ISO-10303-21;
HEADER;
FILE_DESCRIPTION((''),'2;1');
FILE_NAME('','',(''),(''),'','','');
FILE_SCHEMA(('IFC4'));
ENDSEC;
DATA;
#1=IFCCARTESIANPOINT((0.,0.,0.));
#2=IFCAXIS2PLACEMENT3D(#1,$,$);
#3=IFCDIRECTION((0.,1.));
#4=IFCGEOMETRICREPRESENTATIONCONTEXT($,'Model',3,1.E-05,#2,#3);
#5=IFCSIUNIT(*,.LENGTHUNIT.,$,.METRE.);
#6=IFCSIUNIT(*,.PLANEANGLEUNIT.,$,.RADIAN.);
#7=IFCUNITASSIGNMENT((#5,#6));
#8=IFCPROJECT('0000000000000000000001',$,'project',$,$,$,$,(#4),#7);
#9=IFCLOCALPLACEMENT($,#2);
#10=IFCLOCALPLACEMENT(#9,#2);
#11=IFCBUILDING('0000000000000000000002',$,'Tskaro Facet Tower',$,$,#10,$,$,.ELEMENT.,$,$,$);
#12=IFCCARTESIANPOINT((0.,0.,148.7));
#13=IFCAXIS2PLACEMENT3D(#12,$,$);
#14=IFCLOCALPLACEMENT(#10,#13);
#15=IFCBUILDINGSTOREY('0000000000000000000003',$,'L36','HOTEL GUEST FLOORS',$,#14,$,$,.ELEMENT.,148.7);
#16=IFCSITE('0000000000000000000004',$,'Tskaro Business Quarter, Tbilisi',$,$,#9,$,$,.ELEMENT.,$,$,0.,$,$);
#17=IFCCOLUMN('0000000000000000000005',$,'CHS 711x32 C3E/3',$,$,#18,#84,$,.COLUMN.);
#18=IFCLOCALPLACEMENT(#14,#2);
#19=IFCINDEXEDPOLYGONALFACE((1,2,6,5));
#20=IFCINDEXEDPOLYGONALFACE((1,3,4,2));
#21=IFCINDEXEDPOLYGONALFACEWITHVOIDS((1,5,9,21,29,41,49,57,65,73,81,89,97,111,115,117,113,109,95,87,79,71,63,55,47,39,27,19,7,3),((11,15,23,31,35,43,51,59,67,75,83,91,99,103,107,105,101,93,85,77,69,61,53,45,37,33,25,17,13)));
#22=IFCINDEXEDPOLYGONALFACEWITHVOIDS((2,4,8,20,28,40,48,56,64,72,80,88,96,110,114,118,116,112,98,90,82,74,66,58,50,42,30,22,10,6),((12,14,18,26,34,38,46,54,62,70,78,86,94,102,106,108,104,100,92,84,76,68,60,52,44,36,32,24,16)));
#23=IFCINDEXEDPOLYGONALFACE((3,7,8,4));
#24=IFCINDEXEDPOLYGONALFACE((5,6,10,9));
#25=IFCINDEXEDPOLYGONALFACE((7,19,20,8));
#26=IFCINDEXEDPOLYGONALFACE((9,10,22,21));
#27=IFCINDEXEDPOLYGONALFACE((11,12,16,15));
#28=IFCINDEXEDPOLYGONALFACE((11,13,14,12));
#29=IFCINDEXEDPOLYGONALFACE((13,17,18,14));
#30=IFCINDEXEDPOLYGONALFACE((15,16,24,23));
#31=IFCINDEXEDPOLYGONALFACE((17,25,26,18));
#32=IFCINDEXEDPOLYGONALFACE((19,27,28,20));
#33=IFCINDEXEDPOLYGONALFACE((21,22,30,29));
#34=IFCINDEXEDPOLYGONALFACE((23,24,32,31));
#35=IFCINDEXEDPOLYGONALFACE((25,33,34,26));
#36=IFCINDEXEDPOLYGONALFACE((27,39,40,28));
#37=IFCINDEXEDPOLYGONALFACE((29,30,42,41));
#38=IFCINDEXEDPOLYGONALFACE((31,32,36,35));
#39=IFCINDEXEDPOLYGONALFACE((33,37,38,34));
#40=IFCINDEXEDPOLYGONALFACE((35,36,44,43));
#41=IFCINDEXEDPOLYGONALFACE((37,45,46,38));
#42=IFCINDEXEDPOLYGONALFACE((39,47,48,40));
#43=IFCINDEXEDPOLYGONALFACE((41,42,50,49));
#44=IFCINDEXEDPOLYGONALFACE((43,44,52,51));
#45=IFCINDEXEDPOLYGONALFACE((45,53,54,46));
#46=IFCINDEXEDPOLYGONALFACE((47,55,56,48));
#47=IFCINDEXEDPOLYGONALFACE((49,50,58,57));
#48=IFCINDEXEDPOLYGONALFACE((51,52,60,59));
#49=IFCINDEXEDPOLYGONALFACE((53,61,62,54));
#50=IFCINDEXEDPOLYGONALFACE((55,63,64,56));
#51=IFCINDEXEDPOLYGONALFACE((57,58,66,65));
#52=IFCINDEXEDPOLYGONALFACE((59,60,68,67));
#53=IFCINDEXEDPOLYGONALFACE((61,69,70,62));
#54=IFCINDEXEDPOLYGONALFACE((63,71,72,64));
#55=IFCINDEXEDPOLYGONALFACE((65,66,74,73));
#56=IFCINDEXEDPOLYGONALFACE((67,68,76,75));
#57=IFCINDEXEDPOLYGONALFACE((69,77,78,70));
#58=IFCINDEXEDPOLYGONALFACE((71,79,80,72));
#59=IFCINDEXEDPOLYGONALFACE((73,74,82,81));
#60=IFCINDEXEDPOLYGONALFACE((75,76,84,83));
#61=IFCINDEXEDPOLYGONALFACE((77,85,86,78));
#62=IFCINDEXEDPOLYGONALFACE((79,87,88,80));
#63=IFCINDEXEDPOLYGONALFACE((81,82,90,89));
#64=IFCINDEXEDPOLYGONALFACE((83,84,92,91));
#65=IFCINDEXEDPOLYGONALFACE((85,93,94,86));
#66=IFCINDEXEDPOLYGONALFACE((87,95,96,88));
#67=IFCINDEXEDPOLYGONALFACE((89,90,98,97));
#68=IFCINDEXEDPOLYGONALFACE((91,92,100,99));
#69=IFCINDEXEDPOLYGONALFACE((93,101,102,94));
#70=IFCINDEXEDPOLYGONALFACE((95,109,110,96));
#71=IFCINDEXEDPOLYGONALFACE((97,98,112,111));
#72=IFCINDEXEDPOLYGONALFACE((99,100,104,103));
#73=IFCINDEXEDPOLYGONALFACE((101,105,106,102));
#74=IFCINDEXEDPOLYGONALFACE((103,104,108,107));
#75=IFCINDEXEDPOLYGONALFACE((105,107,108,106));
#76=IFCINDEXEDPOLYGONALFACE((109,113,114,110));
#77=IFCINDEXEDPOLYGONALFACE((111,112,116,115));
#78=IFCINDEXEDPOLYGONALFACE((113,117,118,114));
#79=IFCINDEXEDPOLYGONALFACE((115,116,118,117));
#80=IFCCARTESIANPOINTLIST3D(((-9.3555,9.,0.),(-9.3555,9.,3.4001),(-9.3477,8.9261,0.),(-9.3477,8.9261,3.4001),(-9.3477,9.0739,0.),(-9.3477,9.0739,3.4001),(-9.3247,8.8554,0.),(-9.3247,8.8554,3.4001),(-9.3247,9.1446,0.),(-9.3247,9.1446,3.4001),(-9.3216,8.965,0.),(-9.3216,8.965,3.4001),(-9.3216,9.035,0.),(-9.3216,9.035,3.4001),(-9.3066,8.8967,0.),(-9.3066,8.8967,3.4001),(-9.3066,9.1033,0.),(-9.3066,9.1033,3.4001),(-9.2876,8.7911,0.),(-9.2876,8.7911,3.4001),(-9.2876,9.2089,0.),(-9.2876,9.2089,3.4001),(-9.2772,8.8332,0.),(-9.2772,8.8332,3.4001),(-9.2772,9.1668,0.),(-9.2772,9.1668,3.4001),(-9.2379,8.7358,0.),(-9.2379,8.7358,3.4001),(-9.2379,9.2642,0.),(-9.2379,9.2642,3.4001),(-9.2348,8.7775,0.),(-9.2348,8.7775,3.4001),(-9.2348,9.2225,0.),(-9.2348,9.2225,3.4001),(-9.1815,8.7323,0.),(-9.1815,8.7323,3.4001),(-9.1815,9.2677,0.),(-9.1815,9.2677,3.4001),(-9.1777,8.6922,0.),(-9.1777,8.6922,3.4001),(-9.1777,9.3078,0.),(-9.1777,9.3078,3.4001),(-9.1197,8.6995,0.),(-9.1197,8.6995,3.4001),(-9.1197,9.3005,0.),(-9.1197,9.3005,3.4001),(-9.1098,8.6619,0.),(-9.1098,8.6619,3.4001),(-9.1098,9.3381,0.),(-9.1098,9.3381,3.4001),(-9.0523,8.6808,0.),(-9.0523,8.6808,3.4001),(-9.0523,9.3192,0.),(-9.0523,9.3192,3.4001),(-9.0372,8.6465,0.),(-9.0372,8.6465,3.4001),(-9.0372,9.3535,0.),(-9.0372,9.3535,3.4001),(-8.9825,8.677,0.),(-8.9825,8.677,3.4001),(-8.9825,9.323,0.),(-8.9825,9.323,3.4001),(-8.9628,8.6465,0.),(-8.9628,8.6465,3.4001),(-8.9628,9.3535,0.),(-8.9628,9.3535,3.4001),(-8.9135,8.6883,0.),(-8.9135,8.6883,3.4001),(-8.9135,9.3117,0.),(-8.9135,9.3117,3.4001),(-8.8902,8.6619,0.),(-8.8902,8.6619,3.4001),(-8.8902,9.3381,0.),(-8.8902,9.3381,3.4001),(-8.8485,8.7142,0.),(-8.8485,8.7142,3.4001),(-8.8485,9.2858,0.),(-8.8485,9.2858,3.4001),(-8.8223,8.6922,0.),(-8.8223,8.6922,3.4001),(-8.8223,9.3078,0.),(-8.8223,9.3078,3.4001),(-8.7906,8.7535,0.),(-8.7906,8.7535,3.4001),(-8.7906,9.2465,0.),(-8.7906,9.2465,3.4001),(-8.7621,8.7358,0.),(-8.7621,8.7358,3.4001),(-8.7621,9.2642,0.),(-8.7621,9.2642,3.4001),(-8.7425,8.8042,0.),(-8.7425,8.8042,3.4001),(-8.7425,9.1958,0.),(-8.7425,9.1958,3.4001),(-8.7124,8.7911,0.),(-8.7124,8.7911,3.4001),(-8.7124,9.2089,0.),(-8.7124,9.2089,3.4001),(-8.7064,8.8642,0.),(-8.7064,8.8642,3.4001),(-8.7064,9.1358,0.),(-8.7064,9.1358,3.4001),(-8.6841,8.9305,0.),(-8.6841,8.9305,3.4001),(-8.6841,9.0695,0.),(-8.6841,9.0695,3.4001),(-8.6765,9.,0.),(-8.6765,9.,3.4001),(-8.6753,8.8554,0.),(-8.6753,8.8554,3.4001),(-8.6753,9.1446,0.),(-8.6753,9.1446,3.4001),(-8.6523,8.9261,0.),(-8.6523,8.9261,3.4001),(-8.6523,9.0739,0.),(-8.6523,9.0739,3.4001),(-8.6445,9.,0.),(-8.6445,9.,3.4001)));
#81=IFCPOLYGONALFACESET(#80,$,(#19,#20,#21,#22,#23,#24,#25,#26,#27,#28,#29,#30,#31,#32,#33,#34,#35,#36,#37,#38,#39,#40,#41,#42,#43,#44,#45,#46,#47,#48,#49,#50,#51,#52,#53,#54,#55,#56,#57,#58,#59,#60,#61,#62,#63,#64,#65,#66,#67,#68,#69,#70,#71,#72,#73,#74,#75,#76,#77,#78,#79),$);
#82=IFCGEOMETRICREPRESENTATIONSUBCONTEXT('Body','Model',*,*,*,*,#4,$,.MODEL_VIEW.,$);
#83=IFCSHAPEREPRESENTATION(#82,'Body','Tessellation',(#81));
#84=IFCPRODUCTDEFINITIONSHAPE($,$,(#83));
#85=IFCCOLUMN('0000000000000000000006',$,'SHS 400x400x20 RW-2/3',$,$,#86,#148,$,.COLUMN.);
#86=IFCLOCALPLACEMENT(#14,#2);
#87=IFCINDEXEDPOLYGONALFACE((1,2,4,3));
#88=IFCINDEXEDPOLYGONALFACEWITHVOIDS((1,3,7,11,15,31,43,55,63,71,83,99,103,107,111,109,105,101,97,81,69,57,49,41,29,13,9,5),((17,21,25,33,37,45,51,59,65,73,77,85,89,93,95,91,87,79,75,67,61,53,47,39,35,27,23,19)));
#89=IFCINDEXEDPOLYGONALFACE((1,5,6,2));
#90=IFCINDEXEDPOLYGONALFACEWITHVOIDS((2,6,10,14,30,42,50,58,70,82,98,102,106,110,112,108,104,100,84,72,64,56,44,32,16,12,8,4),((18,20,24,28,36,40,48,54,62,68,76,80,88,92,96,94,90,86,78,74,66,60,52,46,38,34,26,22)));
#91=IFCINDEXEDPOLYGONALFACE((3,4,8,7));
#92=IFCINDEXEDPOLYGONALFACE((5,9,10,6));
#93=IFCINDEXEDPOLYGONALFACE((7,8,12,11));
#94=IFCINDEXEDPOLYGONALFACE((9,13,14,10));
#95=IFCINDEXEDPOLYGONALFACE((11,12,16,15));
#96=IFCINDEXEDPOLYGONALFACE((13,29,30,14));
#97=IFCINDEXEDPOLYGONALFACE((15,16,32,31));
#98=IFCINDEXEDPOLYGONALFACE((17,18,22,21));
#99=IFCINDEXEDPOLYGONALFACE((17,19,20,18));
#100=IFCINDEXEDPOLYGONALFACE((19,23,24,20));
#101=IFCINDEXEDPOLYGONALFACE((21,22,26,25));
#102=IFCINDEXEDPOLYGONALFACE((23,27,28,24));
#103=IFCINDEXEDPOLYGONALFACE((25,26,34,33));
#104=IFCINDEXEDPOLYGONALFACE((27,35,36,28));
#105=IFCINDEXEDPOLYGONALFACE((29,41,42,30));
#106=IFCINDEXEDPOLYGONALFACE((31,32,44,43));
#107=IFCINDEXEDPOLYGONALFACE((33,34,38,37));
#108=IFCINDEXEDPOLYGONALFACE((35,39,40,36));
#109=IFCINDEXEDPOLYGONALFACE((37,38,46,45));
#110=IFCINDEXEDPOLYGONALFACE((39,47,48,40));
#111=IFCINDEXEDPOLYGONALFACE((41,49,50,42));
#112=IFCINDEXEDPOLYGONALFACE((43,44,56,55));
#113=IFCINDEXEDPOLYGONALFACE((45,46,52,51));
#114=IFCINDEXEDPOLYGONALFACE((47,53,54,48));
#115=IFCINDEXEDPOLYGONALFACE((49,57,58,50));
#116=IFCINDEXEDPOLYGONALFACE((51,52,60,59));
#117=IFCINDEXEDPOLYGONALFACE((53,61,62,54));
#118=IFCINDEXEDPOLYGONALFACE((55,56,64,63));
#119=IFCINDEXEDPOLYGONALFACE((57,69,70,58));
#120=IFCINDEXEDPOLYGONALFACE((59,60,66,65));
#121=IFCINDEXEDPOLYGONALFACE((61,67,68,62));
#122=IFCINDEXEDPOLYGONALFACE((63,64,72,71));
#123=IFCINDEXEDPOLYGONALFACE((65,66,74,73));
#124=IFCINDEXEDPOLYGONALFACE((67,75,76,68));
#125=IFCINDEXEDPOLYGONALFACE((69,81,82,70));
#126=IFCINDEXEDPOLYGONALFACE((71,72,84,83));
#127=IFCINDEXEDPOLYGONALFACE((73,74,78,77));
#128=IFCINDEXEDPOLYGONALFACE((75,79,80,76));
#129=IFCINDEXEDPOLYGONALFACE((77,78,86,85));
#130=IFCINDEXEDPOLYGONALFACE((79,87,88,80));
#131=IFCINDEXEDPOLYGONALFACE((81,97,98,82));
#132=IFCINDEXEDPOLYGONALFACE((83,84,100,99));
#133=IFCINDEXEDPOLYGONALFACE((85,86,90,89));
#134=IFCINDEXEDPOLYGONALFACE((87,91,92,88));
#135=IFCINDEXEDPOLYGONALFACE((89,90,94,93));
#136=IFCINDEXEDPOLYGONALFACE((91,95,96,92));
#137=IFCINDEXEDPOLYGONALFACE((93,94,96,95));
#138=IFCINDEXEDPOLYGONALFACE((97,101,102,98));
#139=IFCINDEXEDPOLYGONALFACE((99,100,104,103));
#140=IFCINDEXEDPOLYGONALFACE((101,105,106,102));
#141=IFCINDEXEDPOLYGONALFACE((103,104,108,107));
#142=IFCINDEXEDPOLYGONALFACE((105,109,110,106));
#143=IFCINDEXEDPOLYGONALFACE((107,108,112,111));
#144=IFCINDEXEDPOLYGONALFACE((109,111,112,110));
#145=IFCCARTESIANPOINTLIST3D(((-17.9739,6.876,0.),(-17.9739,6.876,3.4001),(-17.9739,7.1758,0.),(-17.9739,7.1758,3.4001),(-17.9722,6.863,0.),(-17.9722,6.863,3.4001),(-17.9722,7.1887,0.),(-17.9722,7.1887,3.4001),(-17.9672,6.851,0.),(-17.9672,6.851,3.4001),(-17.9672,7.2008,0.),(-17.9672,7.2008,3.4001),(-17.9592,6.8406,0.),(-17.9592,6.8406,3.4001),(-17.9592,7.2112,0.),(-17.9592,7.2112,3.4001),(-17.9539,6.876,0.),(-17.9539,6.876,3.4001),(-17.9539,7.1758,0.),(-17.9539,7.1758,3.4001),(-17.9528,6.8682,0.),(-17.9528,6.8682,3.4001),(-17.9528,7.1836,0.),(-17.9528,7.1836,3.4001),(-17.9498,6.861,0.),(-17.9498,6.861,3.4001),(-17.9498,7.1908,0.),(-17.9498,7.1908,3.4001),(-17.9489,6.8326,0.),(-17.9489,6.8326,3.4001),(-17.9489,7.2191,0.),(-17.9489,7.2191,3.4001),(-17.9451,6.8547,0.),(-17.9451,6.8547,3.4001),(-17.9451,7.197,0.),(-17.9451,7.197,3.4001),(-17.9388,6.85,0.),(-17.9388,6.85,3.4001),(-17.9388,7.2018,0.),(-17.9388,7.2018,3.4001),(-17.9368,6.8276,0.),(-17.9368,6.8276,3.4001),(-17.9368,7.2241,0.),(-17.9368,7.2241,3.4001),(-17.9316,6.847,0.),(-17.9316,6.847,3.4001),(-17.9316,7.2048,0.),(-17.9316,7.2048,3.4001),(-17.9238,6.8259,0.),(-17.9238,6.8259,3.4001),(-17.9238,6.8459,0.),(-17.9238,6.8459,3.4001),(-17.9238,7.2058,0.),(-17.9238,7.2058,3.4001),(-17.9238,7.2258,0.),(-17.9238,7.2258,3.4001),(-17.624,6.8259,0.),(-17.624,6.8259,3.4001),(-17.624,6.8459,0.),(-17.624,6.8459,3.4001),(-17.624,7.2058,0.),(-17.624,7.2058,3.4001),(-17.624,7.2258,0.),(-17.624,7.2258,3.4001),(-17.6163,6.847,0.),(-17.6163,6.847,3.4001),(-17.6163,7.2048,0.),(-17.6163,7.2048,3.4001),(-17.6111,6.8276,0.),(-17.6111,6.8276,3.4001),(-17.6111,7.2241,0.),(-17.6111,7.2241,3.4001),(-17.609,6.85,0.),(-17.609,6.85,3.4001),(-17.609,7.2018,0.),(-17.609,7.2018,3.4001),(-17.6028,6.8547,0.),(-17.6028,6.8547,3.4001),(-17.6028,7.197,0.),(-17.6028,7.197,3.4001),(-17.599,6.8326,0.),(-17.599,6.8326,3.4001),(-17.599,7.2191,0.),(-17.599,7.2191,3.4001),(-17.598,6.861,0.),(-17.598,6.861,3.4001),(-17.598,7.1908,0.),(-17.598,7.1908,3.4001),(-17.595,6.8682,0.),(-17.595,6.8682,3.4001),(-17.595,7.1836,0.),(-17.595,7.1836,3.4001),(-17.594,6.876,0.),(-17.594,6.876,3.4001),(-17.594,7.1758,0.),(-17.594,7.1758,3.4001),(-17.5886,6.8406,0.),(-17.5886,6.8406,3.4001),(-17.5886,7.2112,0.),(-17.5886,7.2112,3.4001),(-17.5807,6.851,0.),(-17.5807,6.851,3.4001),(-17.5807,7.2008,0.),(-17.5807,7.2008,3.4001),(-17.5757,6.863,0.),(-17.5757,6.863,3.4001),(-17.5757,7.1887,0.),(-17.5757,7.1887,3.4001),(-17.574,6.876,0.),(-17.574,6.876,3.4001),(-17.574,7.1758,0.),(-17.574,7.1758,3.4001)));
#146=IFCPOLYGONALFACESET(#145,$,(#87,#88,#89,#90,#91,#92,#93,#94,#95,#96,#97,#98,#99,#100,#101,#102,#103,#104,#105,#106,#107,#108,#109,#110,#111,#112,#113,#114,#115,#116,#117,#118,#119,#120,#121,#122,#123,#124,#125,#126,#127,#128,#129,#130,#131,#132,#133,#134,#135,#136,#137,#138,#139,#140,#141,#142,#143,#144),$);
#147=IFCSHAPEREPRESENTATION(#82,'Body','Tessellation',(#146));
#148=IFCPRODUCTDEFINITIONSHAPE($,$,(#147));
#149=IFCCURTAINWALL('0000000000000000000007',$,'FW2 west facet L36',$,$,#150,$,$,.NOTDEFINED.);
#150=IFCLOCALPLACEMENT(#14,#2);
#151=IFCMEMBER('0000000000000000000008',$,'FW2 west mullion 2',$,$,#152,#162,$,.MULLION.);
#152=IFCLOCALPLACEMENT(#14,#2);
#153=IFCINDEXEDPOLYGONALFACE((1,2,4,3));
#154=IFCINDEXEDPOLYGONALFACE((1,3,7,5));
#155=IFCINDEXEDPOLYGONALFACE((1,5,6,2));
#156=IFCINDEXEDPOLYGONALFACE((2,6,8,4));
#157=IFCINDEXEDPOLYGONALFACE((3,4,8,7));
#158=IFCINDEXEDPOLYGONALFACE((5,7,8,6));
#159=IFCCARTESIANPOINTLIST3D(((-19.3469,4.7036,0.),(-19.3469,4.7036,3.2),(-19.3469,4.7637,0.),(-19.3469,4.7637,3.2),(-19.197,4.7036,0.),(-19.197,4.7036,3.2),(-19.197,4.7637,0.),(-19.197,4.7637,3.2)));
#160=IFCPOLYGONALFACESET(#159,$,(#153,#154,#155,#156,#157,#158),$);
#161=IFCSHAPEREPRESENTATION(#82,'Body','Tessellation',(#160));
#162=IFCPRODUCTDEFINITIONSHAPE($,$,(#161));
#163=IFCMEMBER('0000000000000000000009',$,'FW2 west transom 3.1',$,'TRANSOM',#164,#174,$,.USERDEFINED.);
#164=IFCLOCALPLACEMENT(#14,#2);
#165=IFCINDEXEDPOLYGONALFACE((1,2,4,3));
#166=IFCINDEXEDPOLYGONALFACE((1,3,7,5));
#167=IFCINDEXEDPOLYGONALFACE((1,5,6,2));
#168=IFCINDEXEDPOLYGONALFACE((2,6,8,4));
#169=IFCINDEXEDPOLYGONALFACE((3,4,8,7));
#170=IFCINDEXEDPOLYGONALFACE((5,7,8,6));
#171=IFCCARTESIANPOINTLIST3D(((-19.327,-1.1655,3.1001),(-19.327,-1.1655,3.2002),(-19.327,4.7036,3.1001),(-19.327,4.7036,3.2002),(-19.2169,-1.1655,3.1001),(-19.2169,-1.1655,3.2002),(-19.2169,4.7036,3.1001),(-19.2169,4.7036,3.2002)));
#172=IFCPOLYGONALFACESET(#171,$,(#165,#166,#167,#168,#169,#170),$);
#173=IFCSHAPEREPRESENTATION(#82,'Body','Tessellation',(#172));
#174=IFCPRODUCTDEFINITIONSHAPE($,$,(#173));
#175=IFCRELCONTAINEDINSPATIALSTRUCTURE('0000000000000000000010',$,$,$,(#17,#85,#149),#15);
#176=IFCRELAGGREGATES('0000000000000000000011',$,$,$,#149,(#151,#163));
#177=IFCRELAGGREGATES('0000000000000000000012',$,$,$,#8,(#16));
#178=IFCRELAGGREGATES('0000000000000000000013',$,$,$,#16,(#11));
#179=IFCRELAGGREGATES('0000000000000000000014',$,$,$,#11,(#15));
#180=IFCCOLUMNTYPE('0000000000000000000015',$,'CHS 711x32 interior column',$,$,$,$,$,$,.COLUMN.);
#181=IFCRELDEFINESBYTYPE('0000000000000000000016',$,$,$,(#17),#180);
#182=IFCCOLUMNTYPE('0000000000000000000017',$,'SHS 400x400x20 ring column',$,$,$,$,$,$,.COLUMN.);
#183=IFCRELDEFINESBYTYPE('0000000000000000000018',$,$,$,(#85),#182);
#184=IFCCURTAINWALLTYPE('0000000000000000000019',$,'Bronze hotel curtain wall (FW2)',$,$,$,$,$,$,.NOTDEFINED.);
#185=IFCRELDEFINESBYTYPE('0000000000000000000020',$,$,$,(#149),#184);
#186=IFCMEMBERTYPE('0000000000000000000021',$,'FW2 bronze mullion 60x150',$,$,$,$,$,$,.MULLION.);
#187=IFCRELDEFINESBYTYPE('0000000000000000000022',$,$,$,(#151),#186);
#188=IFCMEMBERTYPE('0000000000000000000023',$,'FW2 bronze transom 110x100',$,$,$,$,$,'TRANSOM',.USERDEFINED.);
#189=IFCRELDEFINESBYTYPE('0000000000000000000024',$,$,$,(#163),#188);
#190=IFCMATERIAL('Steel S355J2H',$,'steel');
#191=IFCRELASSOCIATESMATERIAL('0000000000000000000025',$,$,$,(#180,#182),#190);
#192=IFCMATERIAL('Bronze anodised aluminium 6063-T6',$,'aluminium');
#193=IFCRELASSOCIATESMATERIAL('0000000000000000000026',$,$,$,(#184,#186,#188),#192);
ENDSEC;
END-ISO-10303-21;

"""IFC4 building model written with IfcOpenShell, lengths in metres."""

from ifc_helpers import new_model, si_unit, direction, frame, origin, origin_2d, place, context, subcontext, project, spatial, rectangle, hollow_rectangle, hollow_circle, extrude, material, material_profile, profile_set, type_object, element, aggregate, save


model = new_model("IFC4")

# Units and contexts
model_context = context("Model", 3, precision=1e-05, world=origin(), true_north=direction((0.0, 1.0)))
body_context = subcontext(model_context, "Body", "Model", "MODEL_VIEW")
ifc_project = project(units=[si_unit("LENGTHUNIT", "METRE"), si_unit("PLANEANGLEUNIT", "RADIAN")], contexts=[model_context])

# Site, building, storey
site_placement = place(None, origin())
site = spatial("IfcSite", under=ifc_project, at=site_placement, Name="Tskaro Business Quarter, Tbilisi", CompositionType="ELEMENT", RefElevation=0.0)
building_placement = place(site_placement, origin())
building = spatial("IfcBuilding", under=site, at=building_placement, Name="Tskaro Facet Tower", CompositionType="ELEMENT")
storey_placement = place(building_placement, frame((0.0, 0.0, 148.7)))
storey = spatial("IfcBuildingStorey", under=building, at=storey_placement, Name="L36", Description="HOTEL GUEST FLOORS", CompositionType="ELEMENT", Elevation=148.7)

# Columns
ifc_material_1 = material(Name="Steel S355J2H", Category="steel")
ifc_material_profile_1 = material_profile(ifc_material_1, hollow_circle(Radius=0.3555, WallThickness=0.032, at=origin_2d()), Name="CHS 711x32")
ifc_profile_set_1 = profile_set([ifc_material_profile_1], Name="Steel S355J2H")
column_type_1 = type_object("IfcColumnType", Name="CHS 711x32 interior column", PredefinedType="COLUMN", material=ifc_profile_set_1)
column_1_placement = place(storey_placement, frame((-9.0, 9.0, 0.0), z_axis=(0.0, 0.0, 1.0), x_axis=(1.0, 0.0, 0.0)))
element("IfcColumn", 1, at=column_1_placement, inside=storey, type_object=column_type_1, Name="CHS 711x32 C3E/3", PredefinedType="COLUMN", context=body_context, shape_type="SweptSolid", body=[
    extrude(hollow_circle(Radius=0.3555, WallThickness=0.032, at=origin_2d()), origin(), (0.0, 0.0, 1.0), 3.4001),
])
ifc_material_profile_2 = material_profile(ifc_material_1, hollow_rectangle(XDim=0.3999, YDim=0.3999, WallThickness=0.02, InnerFilletRadius=0.03, OuterFilletRadius=0.05, at=origin_2d()), Name="SHS 400x400x20")
ifc_profile_set_2 = profile_set([ifc_material_profile_2], Name="Steel S355J2H")
column_type_2 = type_object("IfcColumnType", Name="SHS 400x400x20 ring column", PredefinedType="COLUMN", material=ifc_profile_set_2)
column_2_placement = place(storey_placement, frame((-17.7739, 7.0259, 0.0), z_axis=(0.0, 0.0, 1.0), x_axis=(1.0, 0.0, 0.0)))
element("IfcColumn", 2, at=column_2_placement, inside=storey, type_object=column_type_2, Name="SHS 400x400x20 RW-2/3", PredefinedType="COLUMN", context=body_context, shape_type="SweptSolid", body=[
    extrude(hollow_rectangle(XDim=0.3999, YDim=0.3999, WallThickness=0.02, InnerFilletRadius=0.03, OuterFilletRadius=0.05, at=origin_2d()), origin(), (0.0, 0.0, 1.0), 3.4001),
])

# Curtain wall, members
ifc_material_2 = material(Name="Bronze anodised aluminium 6063-T6", Category="aluminium")
curtain_wall_type = type_object("IfcCurtainWallType", Name="Bronze hotel curtain wall (FW2)", PredefinedType="NOTDEFINED", material=ifc_material_2)
curtain_wall_placement = place(storey_placement, origin())
curtain_wall = element("IfcCurtainWall", 3, at=curtain_wall_placement, inside=storey, type_object=curtain_wall_type, Name="FW2 west facet L36", PredefinedType="NOTDEFINED")
ifc_material_profile_3 = material_profile(ifc_material_2, rectangle(XDim=0.0601, YDim=0.1499, at=origin_2d()), Name="Mullion 60x150")
ifc_profile_set_3 = profile_set([ifc_material_profile_3], Name="Bronze anodised aluminium 6063-T6")
member_type_1 = type_object("IfcMemberType", Name="FW2 bronze mullion 60x150", PredefinedType="MULLION", material=ifc_profile_set_3)
member_1_placement = place(storey_placement, frame((-19.272, 4.7336, 0.0), z_axis=(0.0, 0.0, 1.0), x_axis=(0.0, -1.0, 0.0)))
member_1 = element("IfcMember", 4, at=member_1_placement, type_object=member_type_1, Name="FW2 west mullion 2", PredefinedType="MULLION", context=body_context, shape_type="SweptSolid", body=[
    extrude(rectangle(XDim=0.0601, YDim=0.1499, at=origin_2d()), origin(), (0.0, 0.0, 1.0), 3.2),
])
ifc_material_profile_4 = material_profile(ifc_material_2, rectangle(XDim=0.1101, YDim=0.1001, at=origin_2d()), Name="Transom 110x100")
ifc_profile_set_4 = profile_set([ifc_material_profile_4], Name="Bronze anodised aluminium 6063-T6")
member_type_2 = type_object("IfcMemberType", Name="FW2 bronze transom 110x100", ElementType="TRANSOM", PredefinedType="USERDEFINED", material=ifc_profile_set_4)
member_2_placement = place(storey_placement, frame((-19.272, 4.7036, 3.1501), z_axis=(0.0, -1.0, 0.0), x_axis=(1.0, 0.0, 0.0)))
member_2 = element("IfcMember", 5, at=member_2_placement, type_object=member_type_2, Name="FW2 west transom 3.1", ObjectType="TRANSOM", PredefinedType="USERDEFINED", context=body_context, shape_type="SweptSolid", body=[
    extrude(rectangle(XDim=0.1101, YDim=0.1001, at=origin_2d()), origin(), (0.0, 0.0, 1.0), 5.8691),
])

aggregate(curtain_wall, [member_1, member_2])

save(model, "model.ifc")
